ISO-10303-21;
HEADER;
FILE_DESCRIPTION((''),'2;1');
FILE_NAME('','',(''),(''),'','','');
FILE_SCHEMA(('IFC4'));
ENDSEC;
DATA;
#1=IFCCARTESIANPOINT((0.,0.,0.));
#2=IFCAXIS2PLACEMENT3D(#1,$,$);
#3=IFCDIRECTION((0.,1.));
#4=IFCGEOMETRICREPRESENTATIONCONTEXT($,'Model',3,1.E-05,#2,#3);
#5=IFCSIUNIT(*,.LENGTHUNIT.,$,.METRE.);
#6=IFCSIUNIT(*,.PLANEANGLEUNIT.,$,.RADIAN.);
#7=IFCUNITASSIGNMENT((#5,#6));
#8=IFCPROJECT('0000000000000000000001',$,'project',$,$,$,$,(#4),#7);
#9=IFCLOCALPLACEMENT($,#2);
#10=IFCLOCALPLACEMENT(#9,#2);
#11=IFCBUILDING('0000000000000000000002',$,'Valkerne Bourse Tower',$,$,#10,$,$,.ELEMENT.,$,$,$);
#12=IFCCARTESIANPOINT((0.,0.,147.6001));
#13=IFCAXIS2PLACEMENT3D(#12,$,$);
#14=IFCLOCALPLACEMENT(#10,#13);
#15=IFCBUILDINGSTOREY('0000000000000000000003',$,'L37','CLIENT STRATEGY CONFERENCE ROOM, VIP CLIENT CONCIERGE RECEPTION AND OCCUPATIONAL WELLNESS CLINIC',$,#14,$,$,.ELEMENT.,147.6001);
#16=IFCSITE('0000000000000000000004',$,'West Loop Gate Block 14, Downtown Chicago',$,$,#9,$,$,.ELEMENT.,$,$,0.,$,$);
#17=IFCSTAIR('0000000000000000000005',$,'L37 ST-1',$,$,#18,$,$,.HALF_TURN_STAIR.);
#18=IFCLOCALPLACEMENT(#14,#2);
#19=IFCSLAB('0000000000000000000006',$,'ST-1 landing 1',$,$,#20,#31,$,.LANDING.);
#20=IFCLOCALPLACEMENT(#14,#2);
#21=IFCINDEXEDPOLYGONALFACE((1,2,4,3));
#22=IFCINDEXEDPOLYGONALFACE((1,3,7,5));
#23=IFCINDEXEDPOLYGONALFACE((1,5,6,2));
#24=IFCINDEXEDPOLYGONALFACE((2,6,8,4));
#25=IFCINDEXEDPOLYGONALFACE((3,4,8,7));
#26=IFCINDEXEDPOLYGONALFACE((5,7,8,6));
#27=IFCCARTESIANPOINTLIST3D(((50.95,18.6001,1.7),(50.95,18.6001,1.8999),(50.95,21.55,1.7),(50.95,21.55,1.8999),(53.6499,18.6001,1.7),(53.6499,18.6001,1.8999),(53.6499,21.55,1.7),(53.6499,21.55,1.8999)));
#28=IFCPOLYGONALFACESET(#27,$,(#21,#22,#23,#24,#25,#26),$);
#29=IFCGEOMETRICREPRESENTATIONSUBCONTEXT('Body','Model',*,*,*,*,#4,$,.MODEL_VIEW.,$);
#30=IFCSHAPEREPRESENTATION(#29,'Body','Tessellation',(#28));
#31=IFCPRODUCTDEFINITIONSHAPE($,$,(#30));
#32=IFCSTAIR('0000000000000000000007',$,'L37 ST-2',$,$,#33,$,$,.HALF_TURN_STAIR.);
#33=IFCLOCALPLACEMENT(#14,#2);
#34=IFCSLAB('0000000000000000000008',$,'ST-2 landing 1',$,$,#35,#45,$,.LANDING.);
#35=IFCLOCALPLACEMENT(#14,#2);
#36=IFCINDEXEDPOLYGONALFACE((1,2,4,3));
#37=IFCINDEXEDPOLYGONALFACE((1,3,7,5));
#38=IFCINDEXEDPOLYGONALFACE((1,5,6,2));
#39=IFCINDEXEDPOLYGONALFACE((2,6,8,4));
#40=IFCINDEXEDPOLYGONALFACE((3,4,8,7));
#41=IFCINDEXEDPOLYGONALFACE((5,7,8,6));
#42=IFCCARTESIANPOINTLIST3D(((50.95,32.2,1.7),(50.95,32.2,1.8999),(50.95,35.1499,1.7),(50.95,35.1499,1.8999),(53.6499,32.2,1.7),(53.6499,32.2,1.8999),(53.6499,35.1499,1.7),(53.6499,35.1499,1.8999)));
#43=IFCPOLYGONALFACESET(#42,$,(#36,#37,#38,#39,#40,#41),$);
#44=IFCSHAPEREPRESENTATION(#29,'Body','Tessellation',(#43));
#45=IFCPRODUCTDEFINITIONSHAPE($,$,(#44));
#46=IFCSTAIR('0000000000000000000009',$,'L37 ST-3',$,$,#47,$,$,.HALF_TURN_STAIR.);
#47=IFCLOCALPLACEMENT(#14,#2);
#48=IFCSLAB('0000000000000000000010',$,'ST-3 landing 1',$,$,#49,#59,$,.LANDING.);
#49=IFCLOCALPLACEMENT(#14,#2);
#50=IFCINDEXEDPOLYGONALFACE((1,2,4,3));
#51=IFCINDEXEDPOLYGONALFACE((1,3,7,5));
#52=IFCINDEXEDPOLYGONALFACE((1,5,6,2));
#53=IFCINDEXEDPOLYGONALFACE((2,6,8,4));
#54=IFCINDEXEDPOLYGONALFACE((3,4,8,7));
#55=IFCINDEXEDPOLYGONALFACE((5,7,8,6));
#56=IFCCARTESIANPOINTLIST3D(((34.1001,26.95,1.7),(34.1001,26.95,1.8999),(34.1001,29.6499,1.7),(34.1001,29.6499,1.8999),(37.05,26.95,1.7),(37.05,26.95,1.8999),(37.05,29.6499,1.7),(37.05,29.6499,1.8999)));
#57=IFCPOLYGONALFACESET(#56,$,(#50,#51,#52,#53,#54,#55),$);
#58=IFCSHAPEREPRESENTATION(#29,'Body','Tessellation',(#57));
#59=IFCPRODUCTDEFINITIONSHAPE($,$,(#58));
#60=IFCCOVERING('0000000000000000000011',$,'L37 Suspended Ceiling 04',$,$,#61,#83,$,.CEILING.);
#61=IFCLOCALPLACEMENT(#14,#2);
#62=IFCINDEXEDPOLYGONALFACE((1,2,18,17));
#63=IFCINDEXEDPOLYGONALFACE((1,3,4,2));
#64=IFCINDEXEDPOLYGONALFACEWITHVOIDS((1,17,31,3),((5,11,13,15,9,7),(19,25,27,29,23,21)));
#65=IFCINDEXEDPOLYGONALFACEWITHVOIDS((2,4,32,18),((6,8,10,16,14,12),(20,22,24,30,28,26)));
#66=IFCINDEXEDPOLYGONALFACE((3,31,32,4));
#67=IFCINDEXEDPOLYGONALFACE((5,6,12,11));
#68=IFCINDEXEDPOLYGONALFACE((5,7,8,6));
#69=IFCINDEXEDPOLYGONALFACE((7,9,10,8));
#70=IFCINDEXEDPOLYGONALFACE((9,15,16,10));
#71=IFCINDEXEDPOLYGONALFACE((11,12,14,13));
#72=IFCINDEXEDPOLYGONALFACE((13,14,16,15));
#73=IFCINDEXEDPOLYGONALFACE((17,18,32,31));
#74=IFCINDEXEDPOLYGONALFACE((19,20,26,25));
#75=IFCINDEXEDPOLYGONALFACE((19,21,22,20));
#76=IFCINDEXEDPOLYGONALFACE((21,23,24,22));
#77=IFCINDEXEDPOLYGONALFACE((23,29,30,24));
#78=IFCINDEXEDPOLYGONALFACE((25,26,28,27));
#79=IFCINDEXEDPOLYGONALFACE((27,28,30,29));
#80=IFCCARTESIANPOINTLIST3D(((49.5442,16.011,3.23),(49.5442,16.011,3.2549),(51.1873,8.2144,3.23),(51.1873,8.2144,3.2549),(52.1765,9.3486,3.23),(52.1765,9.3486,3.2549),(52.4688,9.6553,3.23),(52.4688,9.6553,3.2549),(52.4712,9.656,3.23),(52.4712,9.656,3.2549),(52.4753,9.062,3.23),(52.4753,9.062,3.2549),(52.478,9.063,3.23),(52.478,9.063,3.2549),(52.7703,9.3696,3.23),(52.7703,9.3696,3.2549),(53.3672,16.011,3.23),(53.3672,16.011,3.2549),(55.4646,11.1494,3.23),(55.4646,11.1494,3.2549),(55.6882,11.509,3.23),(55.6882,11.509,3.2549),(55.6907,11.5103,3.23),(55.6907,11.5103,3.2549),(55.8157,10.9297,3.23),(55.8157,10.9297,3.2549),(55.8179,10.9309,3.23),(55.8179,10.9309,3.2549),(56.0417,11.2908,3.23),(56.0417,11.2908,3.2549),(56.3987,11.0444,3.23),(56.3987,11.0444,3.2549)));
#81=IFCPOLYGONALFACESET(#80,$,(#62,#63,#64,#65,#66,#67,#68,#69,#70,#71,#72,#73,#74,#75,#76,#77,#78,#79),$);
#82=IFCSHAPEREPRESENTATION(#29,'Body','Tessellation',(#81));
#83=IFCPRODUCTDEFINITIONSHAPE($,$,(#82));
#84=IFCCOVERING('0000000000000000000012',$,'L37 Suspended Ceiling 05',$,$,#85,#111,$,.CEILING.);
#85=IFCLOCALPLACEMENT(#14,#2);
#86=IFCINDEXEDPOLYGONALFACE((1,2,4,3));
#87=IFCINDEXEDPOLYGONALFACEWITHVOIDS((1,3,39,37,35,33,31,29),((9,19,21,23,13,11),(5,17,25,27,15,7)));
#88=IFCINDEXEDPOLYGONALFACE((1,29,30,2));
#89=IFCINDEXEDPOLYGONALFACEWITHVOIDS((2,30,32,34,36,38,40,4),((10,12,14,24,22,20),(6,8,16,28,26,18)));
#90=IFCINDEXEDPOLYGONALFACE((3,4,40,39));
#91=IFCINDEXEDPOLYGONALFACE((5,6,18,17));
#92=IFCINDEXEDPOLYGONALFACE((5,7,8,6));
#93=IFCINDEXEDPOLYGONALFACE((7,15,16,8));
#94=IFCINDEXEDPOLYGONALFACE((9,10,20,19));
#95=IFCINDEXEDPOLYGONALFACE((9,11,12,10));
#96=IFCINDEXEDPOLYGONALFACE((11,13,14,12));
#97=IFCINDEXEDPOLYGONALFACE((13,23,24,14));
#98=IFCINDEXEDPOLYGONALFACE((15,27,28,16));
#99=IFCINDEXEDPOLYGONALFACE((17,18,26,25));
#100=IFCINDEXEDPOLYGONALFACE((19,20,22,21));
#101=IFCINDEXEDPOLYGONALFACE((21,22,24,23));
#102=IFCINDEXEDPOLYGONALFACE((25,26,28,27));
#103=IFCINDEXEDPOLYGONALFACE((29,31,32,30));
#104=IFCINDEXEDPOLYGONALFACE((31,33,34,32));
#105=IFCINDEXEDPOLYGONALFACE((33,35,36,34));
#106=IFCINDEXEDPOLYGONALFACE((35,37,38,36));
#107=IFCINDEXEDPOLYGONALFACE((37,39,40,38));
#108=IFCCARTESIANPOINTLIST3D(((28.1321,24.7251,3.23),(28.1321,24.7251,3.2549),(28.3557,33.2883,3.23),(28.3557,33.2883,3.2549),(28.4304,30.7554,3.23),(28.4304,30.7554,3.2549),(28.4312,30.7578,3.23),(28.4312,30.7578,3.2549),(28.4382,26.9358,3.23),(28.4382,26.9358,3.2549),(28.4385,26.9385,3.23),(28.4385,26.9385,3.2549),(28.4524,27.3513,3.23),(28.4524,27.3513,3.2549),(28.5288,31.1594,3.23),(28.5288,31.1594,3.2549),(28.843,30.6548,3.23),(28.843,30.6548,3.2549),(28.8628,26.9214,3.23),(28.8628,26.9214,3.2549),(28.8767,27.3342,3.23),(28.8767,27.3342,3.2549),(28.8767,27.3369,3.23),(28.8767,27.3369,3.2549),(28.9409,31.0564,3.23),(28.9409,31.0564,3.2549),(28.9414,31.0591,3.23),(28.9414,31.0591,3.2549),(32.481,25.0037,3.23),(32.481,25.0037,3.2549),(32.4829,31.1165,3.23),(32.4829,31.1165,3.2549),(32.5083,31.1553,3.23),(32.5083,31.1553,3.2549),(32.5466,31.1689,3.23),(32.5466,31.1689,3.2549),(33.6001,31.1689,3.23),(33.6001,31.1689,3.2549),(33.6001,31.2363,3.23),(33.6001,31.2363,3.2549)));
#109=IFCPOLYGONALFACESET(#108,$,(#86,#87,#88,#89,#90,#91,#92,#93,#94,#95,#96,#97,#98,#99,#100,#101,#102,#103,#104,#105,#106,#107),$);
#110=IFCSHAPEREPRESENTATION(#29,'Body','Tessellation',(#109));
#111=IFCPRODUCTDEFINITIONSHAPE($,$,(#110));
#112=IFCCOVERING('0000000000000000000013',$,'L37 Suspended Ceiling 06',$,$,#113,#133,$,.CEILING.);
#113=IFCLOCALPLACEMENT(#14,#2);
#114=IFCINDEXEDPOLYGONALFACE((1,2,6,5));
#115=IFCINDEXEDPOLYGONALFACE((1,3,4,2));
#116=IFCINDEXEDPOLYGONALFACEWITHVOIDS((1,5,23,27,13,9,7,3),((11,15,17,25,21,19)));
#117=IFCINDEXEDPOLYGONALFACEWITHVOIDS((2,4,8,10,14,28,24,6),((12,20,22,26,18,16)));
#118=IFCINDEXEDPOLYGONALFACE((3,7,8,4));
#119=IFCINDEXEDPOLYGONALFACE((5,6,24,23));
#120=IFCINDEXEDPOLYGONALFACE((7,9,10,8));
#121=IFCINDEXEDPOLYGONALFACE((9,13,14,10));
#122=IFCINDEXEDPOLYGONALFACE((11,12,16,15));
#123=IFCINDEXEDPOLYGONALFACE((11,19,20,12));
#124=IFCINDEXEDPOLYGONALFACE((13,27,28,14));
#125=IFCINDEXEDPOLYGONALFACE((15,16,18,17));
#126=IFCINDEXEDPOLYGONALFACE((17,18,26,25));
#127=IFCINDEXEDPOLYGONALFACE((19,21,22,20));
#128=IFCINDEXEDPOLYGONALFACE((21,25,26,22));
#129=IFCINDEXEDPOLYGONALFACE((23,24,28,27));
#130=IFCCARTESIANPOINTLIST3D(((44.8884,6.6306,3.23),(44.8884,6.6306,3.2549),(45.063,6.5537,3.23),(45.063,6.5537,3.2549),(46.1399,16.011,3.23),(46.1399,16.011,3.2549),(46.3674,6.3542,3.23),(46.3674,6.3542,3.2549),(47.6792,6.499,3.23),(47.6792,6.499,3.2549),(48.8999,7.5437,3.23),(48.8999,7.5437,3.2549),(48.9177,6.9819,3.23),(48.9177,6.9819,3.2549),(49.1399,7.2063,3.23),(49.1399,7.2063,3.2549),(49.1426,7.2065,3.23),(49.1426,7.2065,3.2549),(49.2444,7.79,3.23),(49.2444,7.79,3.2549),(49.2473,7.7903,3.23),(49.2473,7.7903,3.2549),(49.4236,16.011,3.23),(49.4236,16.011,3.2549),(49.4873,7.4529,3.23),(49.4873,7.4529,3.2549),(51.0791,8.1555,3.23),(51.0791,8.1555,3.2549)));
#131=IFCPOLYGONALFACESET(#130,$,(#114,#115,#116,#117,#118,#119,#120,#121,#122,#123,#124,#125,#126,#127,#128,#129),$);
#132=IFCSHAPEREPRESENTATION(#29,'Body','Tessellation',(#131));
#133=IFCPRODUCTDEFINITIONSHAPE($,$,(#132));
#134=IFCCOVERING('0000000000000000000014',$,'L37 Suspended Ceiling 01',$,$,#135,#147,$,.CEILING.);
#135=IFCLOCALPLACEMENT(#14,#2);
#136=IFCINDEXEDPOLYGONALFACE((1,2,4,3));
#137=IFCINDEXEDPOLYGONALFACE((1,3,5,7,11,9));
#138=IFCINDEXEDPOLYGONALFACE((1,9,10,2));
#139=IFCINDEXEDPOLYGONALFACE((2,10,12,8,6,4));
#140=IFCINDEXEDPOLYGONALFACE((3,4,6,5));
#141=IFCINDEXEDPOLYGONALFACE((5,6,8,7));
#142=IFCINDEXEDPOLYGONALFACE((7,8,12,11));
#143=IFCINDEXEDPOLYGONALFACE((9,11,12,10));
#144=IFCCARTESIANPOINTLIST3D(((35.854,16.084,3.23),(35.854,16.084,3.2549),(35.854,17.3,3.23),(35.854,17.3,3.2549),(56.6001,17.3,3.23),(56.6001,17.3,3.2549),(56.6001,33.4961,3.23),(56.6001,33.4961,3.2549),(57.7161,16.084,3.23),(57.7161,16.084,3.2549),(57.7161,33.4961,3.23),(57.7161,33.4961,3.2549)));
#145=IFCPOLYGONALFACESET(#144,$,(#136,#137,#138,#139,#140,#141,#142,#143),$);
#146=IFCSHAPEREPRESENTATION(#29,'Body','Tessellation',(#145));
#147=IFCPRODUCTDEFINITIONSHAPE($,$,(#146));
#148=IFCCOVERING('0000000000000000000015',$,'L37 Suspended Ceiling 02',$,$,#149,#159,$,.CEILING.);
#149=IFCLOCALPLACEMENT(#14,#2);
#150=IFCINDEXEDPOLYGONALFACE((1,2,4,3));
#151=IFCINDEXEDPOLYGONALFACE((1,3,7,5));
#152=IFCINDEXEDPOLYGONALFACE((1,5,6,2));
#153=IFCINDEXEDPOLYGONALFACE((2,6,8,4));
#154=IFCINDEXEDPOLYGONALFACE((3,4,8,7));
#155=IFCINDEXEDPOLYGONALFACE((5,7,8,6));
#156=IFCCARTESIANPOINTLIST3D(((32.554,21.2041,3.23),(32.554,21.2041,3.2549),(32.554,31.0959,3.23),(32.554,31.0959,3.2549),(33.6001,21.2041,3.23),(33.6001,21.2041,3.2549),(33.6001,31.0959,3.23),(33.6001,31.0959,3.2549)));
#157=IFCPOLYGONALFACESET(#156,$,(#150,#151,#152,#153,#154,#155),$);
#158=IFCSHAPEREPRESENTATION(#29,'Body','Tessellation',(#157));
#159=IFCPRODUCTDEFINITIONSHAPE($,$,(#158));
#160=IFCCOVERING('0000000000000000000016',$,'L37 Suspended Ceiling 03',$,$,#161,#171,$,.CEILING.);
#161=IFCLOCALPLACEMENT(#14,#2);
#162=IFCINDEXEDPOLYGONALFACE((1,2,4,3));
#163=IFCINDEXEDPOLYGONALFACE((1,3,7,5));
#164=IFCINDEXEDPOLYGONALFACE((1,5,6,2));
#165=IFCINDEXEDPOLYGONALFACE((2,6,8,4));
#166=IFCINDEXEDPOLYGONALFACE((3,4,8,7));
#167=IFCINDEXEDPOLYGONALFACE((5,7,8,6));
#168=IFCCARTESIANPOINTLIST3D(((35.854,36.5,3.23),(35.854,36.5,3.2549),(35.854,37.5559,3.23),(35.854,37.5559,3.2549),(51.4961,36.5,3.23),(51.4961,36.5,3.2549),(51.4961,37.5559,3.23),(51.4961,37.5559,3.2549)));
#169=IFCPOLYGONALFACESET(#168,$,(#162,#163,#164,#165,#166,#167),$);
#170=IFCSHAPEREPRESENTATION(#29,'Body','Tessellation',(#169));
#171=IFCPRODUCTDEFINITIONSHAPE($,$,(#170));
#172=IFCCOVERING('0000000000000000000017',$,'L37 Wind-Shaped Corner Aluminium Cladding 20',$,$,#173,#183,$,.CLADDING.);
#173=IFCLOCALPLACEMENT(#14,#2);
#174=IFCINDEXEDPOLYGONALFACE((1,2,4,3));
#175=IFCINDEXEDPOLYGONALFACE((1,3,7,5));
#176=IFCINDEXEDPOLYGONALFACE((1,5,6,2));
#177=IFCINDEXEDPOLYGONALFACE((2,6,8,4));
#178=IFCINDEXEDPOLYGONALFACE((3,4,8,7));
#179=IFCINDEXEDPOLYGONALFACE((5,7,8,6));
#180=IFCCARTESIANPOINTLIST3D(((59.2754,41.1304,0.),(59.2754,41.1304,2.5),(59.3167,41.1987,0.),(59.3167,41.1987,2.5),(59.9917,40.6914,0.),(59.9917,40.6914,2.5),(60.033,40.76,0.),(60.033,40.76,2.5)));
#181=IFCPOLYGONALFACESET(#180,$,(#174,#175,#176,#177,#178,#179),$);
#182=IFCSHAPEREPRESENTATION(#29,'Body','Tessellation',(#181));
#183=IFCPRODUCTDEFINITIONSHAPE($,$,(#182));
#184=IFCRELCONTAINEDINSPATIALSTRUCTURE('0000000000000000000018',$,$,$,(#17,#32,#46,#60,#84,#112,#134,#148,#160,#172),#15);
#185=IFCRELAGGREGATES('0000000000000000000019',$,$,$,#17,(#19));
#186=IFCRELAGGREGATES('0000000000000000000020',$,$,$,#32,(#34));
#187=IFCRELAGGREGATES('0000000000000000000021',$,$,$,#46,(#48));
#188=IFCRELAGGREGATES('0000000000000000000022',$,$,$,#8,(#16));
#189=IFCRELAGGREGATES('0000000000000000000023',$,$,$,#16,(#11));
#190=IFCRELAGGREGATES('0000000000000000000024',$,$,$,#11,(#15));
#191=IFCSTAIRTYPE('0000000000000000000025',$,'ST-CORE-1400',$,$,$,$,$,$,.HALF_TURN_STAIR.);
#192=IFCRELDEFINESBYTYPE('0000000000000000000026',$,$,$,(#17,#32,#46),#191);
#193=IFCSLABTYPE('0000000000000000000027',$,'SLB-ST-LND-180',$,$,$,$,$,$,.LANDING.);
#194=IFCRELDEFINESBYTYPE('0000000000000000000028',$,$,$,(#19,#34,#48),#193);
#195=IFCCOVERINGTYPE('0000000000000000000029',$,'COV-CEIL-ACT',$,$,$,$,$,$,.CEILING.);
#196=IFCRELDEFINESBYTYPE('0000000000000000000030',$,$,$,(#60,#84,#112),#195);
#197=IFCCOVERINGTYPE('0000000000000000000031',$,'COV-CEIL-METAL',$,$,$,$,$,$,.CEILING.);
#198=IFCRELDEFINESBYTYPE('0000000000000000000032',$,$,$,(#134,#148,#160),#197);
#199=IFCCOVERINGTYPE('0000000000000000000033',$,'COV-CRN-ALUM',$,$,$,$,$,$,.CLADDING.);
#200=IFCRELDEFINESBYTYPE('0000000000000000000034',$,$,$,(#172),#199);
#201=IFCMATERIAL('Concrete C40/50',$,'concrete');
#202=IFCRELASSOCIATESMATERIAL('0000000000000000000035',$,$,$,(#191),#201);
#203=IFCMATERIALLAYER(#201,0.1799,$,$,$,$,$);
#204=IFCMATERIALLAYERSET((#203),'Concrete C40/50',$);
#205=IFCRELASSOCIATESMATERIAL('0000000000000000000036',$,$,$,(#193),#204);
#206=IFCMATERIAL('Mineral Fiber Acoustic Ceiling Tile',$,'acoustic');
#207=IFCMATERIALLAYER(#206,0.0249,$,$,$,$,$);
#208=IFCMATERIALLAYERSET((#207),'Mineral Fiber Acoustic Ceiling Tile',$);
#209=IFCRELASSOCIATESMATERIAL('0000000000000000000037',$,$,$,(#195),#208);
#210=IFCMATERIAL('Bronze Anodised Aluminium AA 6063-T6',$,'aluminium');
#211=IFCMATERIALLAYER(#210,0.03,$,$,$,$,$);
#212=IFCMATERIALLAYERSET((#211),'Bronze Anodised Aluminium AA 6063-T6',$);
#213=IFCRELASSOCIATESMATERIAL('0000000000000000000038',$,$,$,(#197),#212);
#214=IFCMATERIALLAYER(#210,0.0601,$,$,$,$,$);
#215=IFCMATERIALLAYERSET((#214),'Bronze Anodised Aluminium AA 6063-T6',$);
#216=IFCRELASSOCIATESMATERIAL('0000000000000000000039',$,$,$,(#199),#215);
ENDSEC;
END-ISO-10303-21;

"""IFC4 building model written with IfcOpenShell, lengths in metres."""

from ifc_helpers import new_model, si_unit, direction, frame, origin, place, context, subcontext, project, spatial, polyline, outline, extrude, material, layer, layer_set, type_object, element, aggregate, save


model = new_model("IFC4")

# Units and contexts
model_context = context("Model", 3, precision=1e-05, world=origin(), true_north=direction((0.0, 1.0)))
body_context = subcontext(model_context, "Body", "Model", "MODEL_VIEW")
ifc_project = project(units=[si_unit("LENGTHUNIT", "METRE"), si_unit("PLANEANGLEUNIT", "RADIAN")], contexts=[model_context])

# Site, building, storey
site_placement = place(None, origin())
site = spatial("IfcSite", under=ifc_project, at=site_placement, Name="West Loop Gate Block 14, Downtown Chicago", CompositionType="ELEMENT", RefElevation=0.0)
building_placement = place(site_placement, origin())
building = spatial("IfcBuilding", under=site, at=building_placement, Name="Valkerne Bourse Tower", CompositionType="ELEMENT")
storey_placement = place(building_placement, frame((0.0, 0.0, 147.6001)))
storey = spatial("IfcBuildingStorey", under=building, at=storey_placement, Name="L37", Description="CLIENT STRATEGY CONFERENCE ROOM, VIP CLIENT CONCIERGE RECEPTION AND OCCUPATIONAL WELLNESS CLINIC", CompositionType="ELEMENT", Elevation=147.6001)

# Stairs, slabs
ifc_material_1 = material(Name="Concrete C40/50", Category="concrete")
stair_type = type_object("IfcStairType", Name="ST-CORE-1400", PredefinedType="HALF_TURN_STAIR", material=ifc_material_1)
stair_1_placement = place(storey_placement, origin())
stair_1 = element("IfcStair", 1, at=stair_1_placement, inside=storey, type_object=stair_type, Name="L37 ST-1", PredefinedType="HALF_TURN_STAIR")
ifc_layer_1 = layer(ifc_material_1, 0.1799)
ifc_layer_set_1 = layer_set([ifc_layer_1], Name="Concrete C40/50")
slab_type = type_object("IfcSlabType", Name="SLB-ST-LND-180", PredefinedType="LANDING", material=ifc_layer_set_1)
slab_1_placement = place(storey_placement, frame((0.0, 0.0, 1.7)))
slab_1 = element("IfcSlab", 2, at=slab_1_placement, type_object=slab_type, Name="ST-1 landing 1", PredefinedType="LANDING", context=body_context, shape_type="SweptSolid", body=[
    extrude(outline(polyline([(50.95, 18.6001), (53.6499, 18.6001), (53.6499, 21.55), (50.95, 21.55), (50.95, 18.6001)])), origin(), (0.0, 0.0, 1.0), 0.2),
])
aggregate(stair_1, [slab_1])
stair_2_placement = place(storey_placement, origin())
stair_2 = element("IfcStair", 3, at=stair_2_placement, inside=storey, type_object=stair_type, Name="L37 ST-2", PredefinedType="HALF_TURN_STAIR")
slab_2_placement = place(storey_placement, frame((0.0, 0.0, 1.7)))
slab_2 = element("IfcSlab", 4, at=slab_2_placement, type_object=slab_type, Name="ST-2 landing 1", PredefinedType="LANDING", context=body_context, shape_type="SweptSolid", body=[
    extrude(outline(polyline([(50.95, 32.2), (53.6499, 32.2), (53.6499, 35.1499), (50.95, 35.1499), (50.95, 32.2)])), origin(), (0.0, 0.0, 1.0), 0.2),
])
aggregate(stair_2, [slab_2])
stair_3_placement = place(storey_placement, origin())
stair_3 = element("IfcStair", 5, at=stair_3_placement, inside=storey, type_object=stair_type, Name="L37 ST-3", PredefinedType="HALF_TURN_STAIR")
slab_3_placement = place(storey_placement, frame((0.0, 0.0, 1.7)))
slab_3 = element("IfcSlab", 6, at=slab_3_placement, type_object=slab_type, Name="ST-3 landing 1", PredefinedType="LANDING", context=body_context, shape_type="SweptSolid", body=[
    extrude(outline(polyline([(37.05, 26.95), (37.05, 29.6499), (34.1001, 29.6499), (34.1001, 26.95), (37.05, 26.95)])), origin(), (0.0, 0.0, 1.0), 0.2),
])
aggregate(stair_3, [slab_3])

# Coverings
ifc_material_2 = material(Name="Mineral Fiber Acoustic Ceiling Tile", Category="acoustic")
ifc_layer_2 = layer(ifc_material_2, 0.0249)
ifc_layer_set_2 = layer_set([ifc_layer_2], Name="Mineral Fiber Acoustic Ceiling Tile")
covering_type_1 = type_object("IfcCoveringType", Name="COV-CEIL-ACT", PredefinedType="CEILING", material=ifc_layer_set_2)
covering_1_placement = place(storey_placement, frame((0.0, 0.0, 3.23)))
element("IfcCovering", 7, at=covering_1_placement, inside=storey, type_object=covering_type_1, Name="L37 Suspended Ceiling 04", PredefinedType="CEILING", context=body_context, shape_type="SweptSolid", body=[
    extrude(outline(polyline([(53.3672, 16.011), (56.3987, 11.0444), (51.1873, 8.2144), (49.5442, 16.011), (53.3672, 16.011)]), holes=[polyline([(52.7703, 9.3696), (52.4712, 9.656), (52.4688, 9.6553), (52.1765, 9.3486), (52.4753, 9.062), (52.478, 9.063), (52.7703, 9.3696)]), polyline([(55.8179, 10.9309), (56.0417, 11.2908), (55.6907, 11.5103), (55.6882, 11.509), (55.4646, 11.1494), (55.8157, 10.9297), (55.8179, 10.9309)])]), origin(), (0.0, 0.0, 1.0), 0.0249),
])
covering_2_placement = place(storey_placement, frame((0.0, 0.0, 3.23)))
element("IfcCovering", 8, at=covering_2_placement, inside=storey, type_object=covering_type_1, Name="L37 Suspended Ceiling 05", PredefinedType="CEILING", context=body_context, shape_type="SweptSolid", body=[
    extrude(outline(polyline([(32.5466, 31.1689), (32.5083, 31.1553), (32.4829, 31.1165), (32.481, 25.0037), (28.1321, 24.7251), (28.3557, 33.2883), (33.6001, 31.2363), (33.6001, 31.1689), (32.5466, 31.1689)]), holes=[polyline([(28.8767, 27.3369), (28.4524, 27.3513), (28.4385, 26.9385), (28.4382, 26.9358), (28.8628, 26.9214), (28.8767, 27.3342), (28.8767, 27.3369)]), polyline([(28.9409, 31.0564), (28.9414, 31.0591), (28.5288, 31.1594), (28.4312, 30.7578), (28.4304, 30.7554), (28.843, 30.6548), (28.9409, 31.0564)])]), origin(), (0.0, 0.0, 1.0), 0.0249),
])
covering_3_placement = place(storey_placement, frame((0.0, 0.0, 3.23)))
element("IfcCovering", 9, at=covering_3_placement, inside=storey, type_object=covering_type_1, Name="L37 Suspended Ceiling 06", PredefinedType="CEILING", context=body_context, shape_type="SweptSolid", body=[
    extrude(outline(polyline([(46.3674, 6.3542), (45.063, 6.5537), (44.8884, 6.6306), (46.1399, 16.011), (49.4236, 16.011), (51.0791, 8.1555), (48.9177, 6.9819), (47.6792, 6.499), (46.3674, 6.3542)]), holes=[polyline([(49.1426, 7.2065), (49.4873, 7.4529), (49.2473, 7.7903), (49.2444, 7.79), (48.8999, 7.5437), (49.1399, 7.2063), (49.1426, 7.2065)])]), origin(), (0.0, 0.0, 1.0), 0.0249),
])
ifc_material_3 = material(Name="Bronze Anodised Aluminium AA 6063-T6", Category="aluminium")
ifc_layer_3 = layer(ifc_material_3, 0.03)
ifc_layer_set_3 = layer_set([ifc_layer_3], Name="Bronze Anodised Aluminium AA 6063-T6")
covering_type_2 = type_object("IfcCoveringType", Name="COV-CEIL-METAL", PredefinedType="CEILING", material=ifc_layer_set_3)
covering_4_placement = place(storey_placement, frame((0.0, 0.0, 3.23)))
element("IfcCovering", 10, at=covering_4_placement, inside=storey, type_object=covering_type_2, Name="L37 Suspended Ceiling 01", PredefinedType="CEILING", context=body_context, shape_type="SweptSolid", body=[
    extrude(outline(polyline([(35.854, 17.3), (56.6001, 17.3), (56.6001, 33.4961), (57.7161, 33.4961), (57.7161, 16.084), (35.854, 16.084), (35.854, 17.3)])), origin(), (0.0, 0.0, 1.0), 0.0249),
])
covering_5_placement = place(storey_placement, frame((0.0, 0.0, 3.23)))
element("IfcCovering", 11, at=covering_5_placement, inside=storey, type_object=covering_type_2, Name="L37 Suspended Ceiling 02", PredefinedType="CEILING", context=body_context, shape_type="SweptSolid", body=[
    extrude(outline(polyline([(32.554, 21.2041), (32.554, 31.0959), (33.6001, 31.0959), (33.6001, 21.2041), (32.554, 21.2041)])), origin(), (0.0, 0.0, 1.0), 0.0249),
])
covering_6_placement = place(storey_placement, frame((0.0, 0.0, 3.23)))
element("IfcCovering", 12, at=covering_6_placement, inside=storey, type_object=covering_type_2, Name="L37 Suspended Ceiling 03", PredefinedType="CEILING", context=body_context, shape_type="SweptSolid", body=[
    extrude(outline(polyline([(35.854, 37.5559), (51.4961, 37.5559), (51.4961, 36.5), (35.854, 36.5), (35.854, 37.5559)])), origin(), (0.0, 0.0, 1.0), 0.0249),
])
ifc_layer_4 = layer(ifc_material_3, 0.0601)
ifc_layer_set_4 = layer_set([ifc_layer_4], Name="Bronze Anodised Aluminium AA 6063-T6")
covering_type_3 = type_object("IfcCoveringType", Name="COV-CRN-ALUM", PredefinedType="CLADDING", material=ifc_layer_set_4)
covering_7_placement = place(storey_placement, origin())
element("IfcCovering", 13, at=covering_7_placement, inside=storey, type_object=covering_type_3, Name="L37 Wind-Shaped Corner Aluminium Cladding 20", PredefinedType="CLADDING", context=body_context, shape_type="SweptSolid", body=[
    extrude(outline(polyline([(60.033, 40.76), (59.9917, 40.6914), (59.2754, 41.1304), (59.3167, 41.1987), (60.033, 40.76)])), origin(), (0.0, 0.0, 1.0), 2.5),
])

save(model, "model.ifc")
